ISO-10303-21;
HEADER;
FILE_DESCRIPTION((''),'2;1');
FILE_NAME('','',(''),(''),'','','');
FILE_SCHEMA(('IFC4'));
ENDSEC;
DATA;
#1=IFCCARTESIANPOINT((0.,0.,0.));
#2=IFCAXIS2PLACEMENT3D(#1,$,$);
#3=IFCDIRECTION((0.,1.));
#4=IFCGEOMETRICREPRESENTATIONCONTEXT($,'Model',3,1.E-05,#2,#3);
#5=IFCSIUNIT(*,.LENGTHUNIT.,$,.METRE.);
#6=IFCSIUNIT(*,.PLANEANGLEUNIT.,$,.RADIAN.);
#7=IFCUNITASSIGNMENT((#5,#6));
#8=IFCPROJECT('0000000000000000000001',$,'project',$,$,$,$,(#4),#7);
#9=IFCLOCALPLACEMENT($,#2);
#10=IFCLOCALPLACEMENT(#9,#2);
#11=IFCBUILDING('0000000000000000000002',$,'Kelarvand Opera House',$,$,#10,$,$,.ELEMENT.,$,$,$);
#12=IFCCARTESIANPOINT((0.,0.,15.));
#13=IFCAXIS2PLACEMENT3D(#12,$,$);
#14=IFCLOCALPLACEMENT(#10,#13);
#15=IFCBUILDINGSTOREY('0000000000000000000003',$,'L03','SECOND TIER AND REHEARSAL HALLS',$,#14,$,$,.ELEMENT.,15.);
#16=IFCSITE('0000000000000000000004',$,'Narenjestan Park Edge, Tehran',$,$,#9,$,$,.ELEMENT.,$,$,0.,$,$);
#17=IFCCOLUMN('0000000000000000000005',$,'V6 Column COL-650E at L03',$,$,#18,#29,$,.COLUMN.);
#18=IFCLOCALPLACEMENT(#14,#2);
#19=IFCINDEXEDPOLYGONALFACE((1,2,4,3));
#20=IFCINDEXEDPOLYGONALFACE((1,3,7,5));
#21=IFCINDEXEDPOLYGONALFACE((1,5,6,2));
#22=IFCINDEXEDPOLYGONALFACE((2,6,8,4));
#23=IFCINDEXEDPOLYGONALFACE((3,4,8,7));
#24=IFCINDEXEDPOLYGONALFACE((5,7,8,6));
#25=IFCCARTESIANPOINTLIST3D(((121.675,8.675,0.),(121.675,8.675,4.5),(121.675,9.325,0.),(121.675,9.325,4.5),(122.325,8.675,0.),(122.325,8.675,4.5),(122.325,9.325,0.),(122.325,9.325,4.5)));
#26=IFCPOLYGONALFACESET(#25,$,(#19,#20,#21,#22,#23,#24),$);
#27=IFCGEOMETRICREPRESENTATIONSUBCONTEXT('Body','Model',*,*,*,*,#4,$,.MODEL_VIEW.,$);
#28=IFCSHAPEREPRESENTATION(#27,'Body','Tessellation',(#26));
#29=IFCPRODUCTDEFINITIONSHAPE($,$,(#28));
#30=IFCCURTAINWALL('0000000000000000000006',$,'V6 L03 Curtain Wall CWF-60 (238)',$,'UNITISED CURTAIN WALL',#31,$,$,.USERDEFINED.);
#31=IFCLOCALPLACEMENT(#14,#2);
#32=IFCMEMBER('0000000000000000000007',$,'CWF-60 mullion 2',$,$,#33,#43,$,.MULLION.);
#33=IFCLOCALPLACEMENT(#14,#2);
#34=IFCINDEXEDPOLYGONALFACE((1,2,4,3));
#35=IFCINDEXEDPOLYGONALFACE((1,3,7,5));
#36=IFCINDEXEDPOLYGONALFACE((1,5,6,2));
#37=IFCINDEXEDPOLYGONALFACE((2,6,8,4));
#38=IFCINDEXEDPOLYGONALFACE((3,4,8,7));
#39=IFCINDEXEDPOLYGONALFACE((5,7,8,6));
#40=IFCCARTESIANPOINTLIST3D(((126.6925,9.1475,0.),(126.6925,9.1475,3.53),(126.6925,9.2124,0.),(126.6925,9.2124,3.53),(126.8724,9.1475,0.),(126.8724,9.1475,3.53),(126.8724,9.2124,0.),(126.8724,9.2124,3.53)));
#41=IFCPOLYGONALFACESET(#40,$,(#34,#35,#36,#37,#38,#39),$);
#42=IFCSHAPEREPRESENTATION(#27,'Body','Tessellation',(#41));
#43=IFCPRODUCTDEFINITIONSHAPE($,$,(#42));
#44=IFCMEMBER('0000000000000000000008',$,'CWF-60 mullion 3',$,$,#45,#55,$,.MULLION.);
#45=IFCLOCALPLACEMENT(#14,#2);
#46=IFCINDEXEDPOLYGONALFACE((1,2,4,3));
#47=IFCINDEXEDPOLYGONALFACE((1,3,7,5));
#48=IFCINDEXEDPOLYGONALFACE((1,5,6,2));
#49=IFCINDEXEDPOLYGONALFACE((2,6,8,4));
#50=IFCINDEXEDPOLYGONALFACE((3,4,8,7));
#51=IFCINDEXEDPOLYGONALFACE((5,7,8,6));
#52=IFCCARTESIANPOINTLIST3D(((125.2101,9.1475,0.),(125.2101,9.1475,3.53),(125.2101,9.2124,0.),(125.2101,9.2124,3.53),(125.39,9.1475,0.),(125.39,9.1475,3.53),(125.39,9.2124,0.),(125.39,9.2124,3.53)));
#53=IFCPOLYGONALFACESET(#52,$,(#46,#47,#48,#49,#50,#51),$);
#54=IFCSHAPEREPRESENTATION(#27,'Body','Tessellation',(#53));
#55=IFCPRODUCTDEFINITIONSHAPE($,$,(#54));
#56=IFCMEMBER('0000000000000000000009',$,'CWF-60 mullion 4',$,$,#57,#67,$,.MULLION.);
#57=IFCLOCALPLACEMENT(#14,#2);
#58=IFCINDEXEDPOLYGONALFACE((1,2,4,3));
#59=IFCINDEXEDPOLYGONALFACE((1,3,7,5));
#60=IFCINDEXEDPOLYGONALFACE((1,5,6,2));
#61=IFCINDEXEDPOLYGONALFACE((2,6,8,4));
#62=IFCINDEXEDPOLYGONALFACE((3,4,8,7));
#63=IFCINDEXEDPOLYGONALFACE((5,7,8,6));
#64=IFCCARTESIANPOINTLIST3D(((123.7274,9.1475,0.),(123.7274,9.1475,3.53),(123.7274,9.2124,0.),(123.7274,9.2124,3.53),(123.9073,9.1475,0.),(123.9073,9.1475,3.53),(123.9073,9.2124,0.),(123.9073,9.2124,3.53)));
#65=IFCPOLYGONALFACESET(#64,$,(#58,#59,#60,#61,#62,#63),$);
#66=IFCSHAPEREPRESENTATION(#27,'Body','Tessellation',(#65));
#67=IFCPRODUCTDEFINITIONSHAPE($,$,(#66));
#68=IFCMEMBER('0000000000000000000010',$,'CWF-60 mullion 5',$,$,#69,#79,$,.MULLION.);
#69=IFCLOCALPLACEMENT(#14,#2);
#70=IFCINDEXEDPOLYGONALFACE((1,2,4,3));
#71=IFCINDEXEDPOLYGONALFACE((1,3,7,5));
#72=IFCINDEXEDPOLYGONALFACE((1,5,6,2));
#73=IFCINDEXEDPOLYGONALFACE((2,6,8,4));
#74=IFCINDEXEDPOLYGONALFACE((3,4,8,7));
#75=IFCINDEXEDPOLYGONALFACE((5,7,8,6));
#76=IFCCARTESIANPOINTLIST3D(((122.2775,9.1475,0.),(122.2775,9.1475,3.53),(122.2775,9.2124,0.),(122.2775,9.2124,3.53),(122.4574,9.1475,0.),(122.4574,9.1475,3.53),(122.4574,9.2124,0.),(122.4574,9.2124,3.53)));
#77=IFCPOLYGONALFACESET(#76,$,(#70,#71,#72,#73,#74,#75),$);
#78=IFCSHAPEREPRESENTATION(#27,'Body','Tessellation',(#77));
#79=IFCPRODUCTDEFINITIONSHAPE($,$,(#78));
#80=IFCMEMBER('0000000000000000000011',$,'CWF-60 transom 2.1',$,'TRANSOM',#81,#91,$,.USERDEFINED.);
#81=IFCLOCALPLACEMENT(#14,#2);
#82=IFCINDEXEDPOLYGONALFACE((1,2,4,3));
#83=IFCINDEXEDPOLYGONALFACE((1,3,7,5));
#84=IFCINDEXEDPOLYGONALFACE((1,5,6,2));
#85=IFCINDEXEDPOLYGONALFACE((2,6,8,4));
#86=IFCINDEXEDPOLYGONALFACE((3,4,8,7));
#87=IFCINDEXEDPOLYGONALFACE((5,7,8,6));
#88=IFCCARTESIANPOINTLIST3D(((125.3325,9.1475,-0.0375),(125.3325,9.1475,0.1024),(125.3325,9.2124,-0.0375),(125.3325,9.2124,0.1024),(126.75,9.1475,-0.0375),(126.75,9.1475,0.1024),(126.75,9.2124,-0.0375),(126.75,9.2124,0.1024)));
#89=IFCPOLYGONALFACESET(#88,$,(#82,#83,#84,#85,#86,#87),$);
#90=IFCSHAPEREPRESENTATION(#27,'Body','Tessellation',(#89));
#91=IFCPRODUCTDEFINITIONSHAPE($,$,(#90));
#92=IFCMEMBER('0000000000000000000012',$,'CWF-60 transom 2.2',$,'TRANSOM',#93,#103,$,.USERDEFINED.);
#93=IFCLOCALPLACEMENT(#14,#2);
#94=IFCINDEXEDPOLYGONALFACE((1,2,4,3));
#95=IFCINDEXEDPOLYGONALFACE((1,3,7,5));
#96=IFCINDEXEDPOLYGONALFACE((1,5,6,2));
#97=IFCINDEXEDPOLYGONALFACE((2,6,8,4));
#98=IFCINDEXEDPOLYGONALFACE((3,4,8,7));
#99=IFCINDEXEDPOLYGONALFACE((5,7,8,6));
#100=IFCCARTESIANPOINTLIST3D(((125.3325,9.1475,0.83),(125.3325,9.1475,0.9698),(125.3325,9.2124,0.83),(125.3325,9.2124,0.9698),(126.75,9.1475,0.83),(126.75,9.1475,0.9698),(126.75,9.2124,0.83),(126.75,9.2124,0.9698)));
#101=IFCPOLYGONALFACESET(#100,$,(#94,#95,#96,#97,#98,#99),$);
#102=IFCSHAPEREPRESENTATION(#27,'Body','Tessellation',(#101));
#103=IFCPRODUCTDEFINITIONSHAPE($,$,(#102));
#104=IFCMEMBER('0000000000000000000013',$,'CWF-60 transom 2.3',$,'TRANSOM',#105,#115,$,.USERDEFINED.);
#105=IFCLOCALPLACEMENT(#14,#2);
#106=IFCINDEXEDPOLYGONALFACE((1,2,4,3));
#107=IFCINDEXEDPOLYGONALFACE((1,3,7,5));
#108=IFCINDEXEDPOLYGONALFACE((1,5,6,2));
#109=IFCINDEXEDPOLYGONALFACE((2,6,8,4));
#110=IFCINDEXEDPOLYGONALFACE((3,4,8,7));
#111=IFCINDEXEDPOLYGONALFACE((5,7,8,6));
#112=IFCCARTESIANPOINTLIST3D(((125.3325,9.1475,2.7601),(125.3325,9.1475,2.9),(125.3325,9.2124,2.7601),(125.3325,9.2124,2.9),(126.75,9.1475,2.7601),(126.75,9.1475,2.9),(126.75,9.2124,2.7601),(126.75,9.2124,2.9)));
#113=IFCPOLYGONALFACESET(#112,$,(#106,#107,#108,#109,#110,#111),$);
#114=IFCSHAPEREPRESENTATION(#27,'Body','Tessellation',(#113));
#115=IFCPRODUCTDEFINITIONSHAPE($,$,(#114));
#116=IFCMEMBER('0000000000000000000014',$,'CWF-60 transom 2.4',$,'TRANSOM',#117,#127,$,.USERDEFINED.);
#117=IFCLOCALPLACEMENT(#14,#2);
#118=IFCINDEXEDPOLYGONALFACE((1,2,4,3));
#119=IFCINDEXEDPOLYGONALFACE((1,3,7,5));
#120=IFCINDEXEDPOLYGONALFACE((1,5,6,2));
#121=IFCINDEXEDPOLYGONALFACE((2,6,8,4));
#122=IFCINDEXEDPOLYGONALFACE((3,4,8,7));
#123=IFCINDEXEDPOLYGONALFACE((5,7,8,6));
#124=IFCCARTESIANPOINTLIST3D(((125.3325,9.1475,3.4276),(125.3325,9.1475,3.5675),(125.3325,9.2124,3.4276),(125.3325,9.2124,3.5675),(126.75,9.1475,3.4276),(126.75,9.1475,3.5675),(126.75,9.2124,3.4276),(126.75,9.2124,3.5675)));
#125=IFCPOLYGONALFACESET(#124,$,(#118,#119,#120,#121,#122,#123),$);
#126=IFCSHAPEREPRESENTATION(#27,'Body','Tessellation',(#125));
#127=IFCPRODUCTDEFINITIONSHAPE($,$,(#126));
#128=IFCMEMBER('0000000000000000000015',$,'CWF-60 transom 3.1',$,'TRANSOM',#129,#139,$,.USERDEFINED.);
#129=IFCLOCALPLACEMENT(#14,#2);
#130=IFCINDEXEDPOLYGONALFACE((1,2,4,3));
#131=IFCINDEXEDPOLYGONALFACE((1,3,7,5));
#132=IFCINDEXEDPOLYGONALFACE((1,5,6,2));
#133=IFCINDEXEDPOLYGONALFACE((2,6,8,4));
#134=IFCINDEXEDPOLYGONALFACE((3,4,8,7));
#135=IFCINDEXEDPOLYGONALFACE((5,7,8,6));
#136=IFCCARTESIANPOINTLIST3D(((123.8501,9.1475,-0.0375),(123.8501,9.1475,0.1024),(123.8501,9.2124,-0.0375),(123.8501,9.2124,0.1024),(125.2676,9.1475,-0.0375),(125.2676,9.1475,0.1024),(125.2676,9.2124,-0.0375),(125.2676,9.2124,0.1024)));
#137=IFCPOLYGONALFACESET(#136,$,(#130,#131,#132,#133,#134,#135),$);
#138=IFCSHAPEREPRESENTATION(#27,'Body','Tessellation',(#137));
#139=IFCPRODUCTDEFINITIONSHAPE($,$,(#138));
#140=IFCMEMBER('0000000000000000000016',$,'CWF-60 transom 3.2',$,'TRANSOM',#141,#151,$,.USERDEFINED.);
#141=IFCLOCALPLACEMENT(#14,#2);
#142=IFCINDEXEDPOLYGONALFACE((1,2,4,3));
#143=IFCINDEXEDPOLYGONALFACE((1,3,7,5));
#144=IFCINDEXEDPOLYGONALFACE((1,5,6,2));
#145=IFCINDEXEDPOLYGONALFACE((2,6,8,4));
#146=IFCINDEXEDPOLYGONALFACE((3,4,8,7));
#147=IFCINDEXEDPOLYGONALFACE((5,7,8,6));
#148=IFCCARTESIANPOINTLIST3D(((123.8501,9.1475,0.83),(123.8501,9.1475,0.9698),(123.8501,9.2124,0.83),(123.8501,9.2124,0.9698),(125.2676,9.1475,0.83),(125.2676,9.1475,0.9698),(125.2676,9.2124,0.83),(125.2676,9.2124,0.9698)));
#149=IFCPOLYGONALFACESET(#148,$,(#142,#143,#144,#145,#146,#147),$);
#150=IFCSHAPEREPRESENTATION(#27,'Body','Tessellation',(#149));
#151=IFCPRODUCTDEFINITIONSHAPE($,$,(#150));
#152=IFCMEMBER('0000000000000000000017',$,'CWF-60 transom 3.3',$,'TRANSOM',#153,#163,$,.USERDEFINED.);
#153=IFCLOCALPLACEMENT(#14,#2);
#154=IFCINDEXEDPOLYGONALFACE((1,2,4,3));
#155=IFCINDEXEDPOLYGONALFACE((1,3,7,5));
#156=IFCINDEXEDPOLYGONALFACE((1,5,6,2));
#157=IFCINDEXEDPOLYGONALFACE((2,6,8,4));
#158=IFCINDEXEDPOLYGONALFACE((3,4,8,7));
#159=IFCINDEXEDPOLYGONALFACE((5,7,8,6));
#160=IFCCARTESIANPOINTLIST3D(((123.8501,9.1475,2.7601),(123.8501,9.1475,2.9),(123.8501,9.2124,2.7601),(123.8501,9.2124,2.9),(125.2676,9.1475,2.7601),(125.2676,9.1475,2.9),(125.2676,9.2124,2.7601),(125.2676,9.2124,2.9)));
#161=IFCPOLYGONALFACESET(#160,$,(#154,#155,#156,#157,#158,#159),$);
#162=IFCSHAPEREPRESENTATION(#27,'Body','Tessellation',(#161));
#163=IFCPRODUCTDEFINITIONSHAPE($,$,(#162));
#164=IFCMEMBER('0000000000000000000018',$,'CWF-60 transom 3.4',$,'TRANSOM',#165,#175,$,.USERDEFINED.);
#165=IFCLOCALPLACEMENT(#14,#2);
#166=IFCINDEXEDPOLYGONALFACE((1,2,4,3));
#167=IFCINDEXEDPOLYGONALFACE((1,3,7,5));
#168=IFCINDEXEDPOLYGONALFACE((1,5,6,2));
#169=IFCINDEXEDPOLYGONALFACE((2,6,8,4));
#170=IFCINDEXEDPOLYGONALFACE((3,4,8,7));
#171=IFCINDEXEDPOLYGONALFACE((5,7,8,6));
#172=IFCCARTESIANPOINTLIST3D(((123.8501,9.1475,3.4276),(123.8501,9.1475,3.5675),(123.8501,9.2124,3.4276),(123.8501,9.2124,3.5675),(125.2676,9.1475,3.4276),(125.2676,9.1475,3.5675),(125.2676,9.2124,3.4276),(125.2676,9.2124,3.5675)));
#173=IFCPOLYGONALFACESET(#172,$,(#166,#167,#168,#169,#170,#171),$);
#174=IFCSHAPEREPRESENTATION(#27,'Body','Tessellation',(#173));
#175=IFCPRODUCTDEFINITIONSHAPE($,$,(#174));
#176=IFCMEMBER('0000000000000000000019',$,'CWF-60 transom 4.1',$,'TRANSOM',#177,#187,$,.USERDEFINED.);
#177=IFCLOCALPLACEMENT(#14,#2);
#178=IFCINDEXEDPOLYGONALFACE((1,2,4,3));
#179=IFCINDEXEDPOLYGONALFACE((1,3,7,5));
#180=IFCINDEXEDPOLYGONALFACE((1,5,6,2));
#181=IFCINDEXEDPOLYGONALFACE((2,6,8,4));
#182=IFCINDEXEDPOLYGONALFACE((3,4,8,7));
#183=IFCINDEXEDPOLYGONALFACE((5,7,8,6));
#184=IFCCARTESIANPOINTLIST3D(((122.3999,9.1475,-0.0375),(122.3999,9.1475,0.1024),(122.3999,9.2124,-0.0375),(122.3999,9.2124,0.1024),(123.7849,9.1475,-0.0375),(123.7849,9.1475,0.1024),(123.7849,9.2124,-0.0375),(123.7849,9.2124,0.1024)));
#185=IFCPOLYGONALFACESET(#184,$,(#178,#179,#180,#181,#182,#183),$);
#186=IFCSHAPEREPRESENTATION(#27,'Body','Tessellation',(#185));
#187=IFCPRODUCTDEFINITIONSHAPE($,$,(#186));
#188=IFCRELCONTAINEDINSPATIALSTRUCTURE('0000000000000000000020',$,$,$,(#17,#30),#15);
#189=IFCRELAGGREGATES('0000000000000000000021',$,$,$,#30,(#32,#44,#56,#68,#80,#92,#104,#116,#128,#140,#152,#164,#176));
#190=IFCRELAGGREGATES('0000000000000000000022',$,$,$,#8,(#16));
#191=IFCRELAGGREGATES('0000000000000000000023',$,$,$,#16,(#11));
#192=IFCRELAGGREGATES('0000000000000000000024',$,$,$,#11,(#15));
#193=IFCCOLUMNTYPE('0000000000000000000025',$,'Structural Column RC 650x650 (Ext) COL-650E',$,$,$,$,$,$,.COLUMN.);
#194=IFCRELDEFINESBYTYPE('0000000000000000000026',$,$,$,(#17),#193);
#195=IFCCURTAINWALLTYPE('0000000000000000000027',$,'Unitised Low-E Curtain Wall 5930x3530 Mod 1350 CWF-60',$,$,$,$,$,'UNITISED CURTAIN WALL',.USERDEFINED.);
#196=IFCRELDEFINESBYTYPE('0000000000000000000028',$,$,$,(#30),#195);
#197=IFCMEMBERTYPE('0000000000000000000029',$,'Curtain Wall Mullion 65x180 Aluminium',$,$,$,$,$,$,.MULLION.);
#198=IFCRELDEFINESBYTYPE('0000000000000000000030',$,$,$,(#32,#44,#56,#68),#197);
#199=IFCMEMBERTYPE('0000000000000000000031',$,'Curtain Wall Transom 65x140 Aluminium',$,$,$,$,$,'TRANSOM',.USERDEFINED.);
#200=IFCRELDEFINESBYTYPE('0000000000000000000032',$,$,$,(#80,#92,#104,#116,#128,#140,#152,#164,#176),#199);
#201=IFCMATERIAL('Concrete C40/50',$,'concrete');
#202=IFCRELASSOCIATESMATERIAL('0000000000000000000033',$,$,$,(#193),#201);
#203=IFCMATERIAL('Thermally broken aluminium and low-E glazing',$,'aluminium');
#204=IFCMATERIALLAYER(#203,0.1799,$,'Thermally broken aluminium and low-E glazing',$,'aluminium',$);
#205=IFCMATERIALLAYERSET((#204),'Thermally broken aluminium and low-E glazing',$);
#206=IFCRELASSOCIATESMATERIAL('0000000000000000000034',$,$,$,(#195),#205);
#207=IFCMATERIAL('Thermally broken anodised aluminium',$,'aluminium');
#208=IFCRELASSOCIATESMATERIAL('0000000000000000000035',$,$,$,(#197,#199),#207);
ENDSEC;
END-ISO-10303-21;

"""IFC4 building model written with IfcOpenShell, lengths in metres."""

from ifc_helpers import new_model, si_unit, direction, frame, origin, origin_2d, place, context, subcontext, project, spatial, rectangle, extrude, material, layer, layer_set, material_profile, profile_set, type_object, element, aggregate, save


model = new_model("IFC4")

# Units and contexts
model_context = context("Model", 3, precision=1e-05, world=origin(), true_north=direction((0.0, 1.0)))
body_context = subcontext(model_context, "Body", "Model", "MODEL_VIEW")
ifc_project = project(units=[si_unit("LENGTHUNIT", "METRE"), si_unit("PLANEANGLEUNIT", "RADIAN")], contexts=[model_context])

# Site, building, storey
site_placement = place(None, origin())
site = spatial("IfcSite", under=ifc_project, at=site_placement, Name="Narenjestan Park Edge, Tehran", CompositionType="ELEMENT", RefElevation=0.0)
building_placement = place(site_placement, origin())
building = spatial("IfcBuilding", under=site, at=building_placement, Name="Kelarvand Opera House", CompositionType="ELEMENT")
storey_placement = place(building_placement, frame((0.0, 0.0, 15.0)))
storey = spatial("IfcBuildingStorey", under=building, at=storey_placement, Name="L03", Description="SECOND TIER AND REHEARSAL HALLS", CompositionType="ELEMENT", Elevation=15.0)

# Column
ifc_material_1 = material(Name="Concrete C40/50", Category="concrete")
ifc_material_profile_1 = material_profile(ifc_material_1, rectangle(XDim=0.6499, YDim=0.6499, at=origin_2d()), Name="RC 650x650", Category="concrete")
ifc_profile_set_1 = profile_set([ifc_material_profile_1], Name="Concrete C40/50")
column_type = type_object("IfcColumnType", Name="Structural Column RC 650x650 (Ext) COL-650E", PredefinedType="COLUMN", material=ifc_profile_set_1)
column_placement = place(storey_placement, frame((122.0, 9.0, 0.0), z_axis=(0.0, 0.0, 1.0), x_axis=(1.0, 0.0, 0.0)))
element("IfcColumn", 1, at=column_placement, inside=storey, type_object=column_type, Name="V6 Column COL-650E at L03", PredefinedType="COLUMN", context=body_context, shape_type="SweptSolid", body=[
    extrude(rectangle(XDim=0.6499, YDim=0.6499, at=origin_2d()), origin(), (0.0, 0.0, 1.0), 4.5),
])

# Curtain wall, members
ifc_material_2 = material(Name="Thermally broken aluminium and low-E glazing", Category="aluminium")
ifc_layer_1 = layer(ifc_material_2, 0.1799, Name="Thermally broken aluminium and low-E glazing", Category="aluminium")
ifc_layer_set_1 = layer_set([ifc_layer_1], Name="Thermally broken aluminium and low-E glazing")
curtain_wall_type = type_object("IfcCurtainWallType", Name="Unitised Low-E Curtain Wall 5930x3530 Mod 1350 CWF-60", ElementType="UNITISED CURTAIN WALL", PredefinedType="USERDEFINED", material=ifc_layer_set_1)
curtain_wall_placement = place(storey_placement, origin())
curtain_wall = element("IfcCurtainWall", 2, at=curtain_wall_placement, inside=storey, type_object=curtain_wall_type, Name="V6 L03 Curtain Wall CWF-60 (238)", ObjectType="UNITISED CURTAIN WALL", PredefinedType="USERDEFINED")
ifc_material_3 = material(Name="Thermally broken anodised aluminium", Category="aluminium")
ifc_material_profile_2 = material_profile(ifc_material_3, rectangle(XDim=0.0649, YDim=0.1799, at=origin_2d()), Name="ALU MULLION 65x180", Category="aluminium")
ifc_profile_set_2 = profile_set([ifc_material_profile_2], Name="Thermally broken anodised aluminium")
member_type_1 = type_object("IfcMemberType", Name="Curtain Wall Mullion 65x180 Aluminium", PredefinedType="MULLION", material=ifc_profile_set_2)
member_1_placement = place(storey_placement, frame((126.7825, 9.1799, 0.0), z_axis=(0.0, 0.0, 1.0), x_axis=(0.0, -1.0, 0.0)))
member_1 = element("IfcMember", 3, at=member_1_placement, type_object=member_type_1, Name="CWF-60 mullion 2", PredefinedType="MULLION", context=body_context, shape_type="SweptSolid", body=[
    extrude(rectangle(XDim=0.0649, YDim=0.1799, at=origin_2d()), origin(), (0.0, 0.0, 1.0), 3.53),
])
member_2_placement = place(storey_placement, frame((125.3, 9.1799, 0.0), z_axis=(0.0, 0.0, 1.0), x_axis=(0.0, -1.0, 0.0)))
member_2 = element("IfcMember", 4, at=member_2_placement, type_object=member_type_1, Name="CWF-60 mullion 3", PredefinedType="MULLION", context=body_context, shape_type="SweptSolid", body=[
    extrude(rectangle(XDim=0.0649, YDim=0.1799, at=origin_2d()), origin(), (0.0, 0.0, 1.0), 3.53),
])
member_3_placement = place(storey_placement, frame((123.8174, 9.1799, 0.0), z_axis=(0.0, 0.0, 1.0), x_axis=(0.0, -1.0, 0.0)))
member_3 = element("IfcMember", 5, at=member_3_placement, type_object=member_type_1, Name="CWF-60 mullion 4", PredefinedType="MULLION", context=body_context, shape_type="SweptSolid", body=[
    extrude(rectangle(XDim=0.0649, YDim=0.1799, at=origin_2d()), origin(), (0.0, 0.0, 1.0), 3.53),
])
member_4_placement = place(storey_placement, frame((122.3674, 9.1799, 0.0), z_axis=(0.0, 0.0, 1.0), x_axis=(0.0, -1.0, 0.0)))
member_4 = element("IfcMember", 6, at=member_4_placement, type_object=member_type_1, Name="CWF-60 mullion 5", PredefinedType="MULLION", context=body_context, shape_type="SweptSolid", body=[
    extrude(rectangle(XDim=0.0649, YDim=0.1799, at=origin_2d()), origin(), (0.0, 0.0, 1.0), 3.53),
])
ifc_material_profile_3 = material_profile(ifc_material_3, rectangle(XDim=0.0649, YDim=0.1399, at=origin_2d()), Name="ALU TRANSOM 65x140", Category="aluminium")
ifc_profile_set_3 = profile_set([ifc_material_profile_3], Name="Thermally broken anodised aluminium")
member_type_2 = type_object("IfcMemberType", Name="Curtain Wall Transom 65x140 Aluminium", ElementType="TRANSOM", PredefinedType="USERDEFINED", material=ifc_profile_set_3)
member_5_placement = place(storey_placement, frame((126.75, 9.1799, 0.0325), z_axis=(-1.0, 0.0, 0.0), x_axis=(0.0, -1.0, 0.0)))
member_5 = element("IfcMember", 7, at=member_5_placement, type_object=member_type_2, Name="CWF-60 transom 2.1", ObjectType="TRANSOM", PredefinedType="USERDEFINED", context=body_context, shape_type="SweptSolid", body=[
    extrude(rectangle(XDim=0.0649, YDim=0.1399, at=origin_2d()), origin(), (0.0, 0.0, 1.0), 1.4175),
])
member_6_placement = place(storey_placement, frame((126.75, 9.1799, 0.8999), z_axis=(-1.0, 0.0, 0.0), x_axis=(0.0, -1.0, 0.0)))
member_6 = element("IfcMember", 8, at=member_6_placement, type_object=member_type_2, Name="CWF-60 transom 2.2", ObjectType="TRANSOM", PredefinedType="USERDEFINED", context=body_context, shape_type="SweptSolid", body=[
    extrude(rectangle(XDim=0.0649, YDim=0.1399, at=origin_2d()), origin(), (0.0, 0.0, 1.0), 1.4175),
])
member_7_placement = place(storey_placement, frame((126.75, 9.1799, 2.8301), z_axis=(-1.0, 0.0, 0.0), x_axis=(0.0, -1.0, 0.0)))
member_7 = element("IfcMember", 9, at=member_7_placement, type_object=member_type_2, Name="CWF-60 transom 2.3", ObjectType="TRANSOM", PredefinedType="USERDEFINED", context=body_context, shape_type="SweptSolid", body=[
    extrude(rectangle(XDim=0.0649, YDim=0.1399, at=origin_2d()), origin(), (0.0, 0.0, 1.0), 1.4175),
])
member_8_placement = place(storey_placement, frame((126.75, 9.1799, 3.4976), z_axis=(-1.0, 0.0, 0.0), x_axis=(0.0, -1.0, 0.0)))
member_8 = element("IfcMember", 10, at=member_8_placement, type_object=member_type_2, Name="CWF-60 transom 2.4", ObjectType="TRANSOM", PredefinedType="USERDEFINED", context=body_context, shape_type="SweptSolid", body=[
    extrude(rectangle(XDim=0.0649, YDim=0.1399, at=origin_2d()), origin(), (0.0, 0.0, 1.0), 1.4175),
])
member_9_placement = place(storey_placement, frame((125.2676, 9.1799, 0.0325), z_axis=(-1.0, 0.0, 0.0), x_axis=(0.0, -1.0, 0.0)))
member_9 = element("IfcMember", 11, at=member_9_placement, type_object=member_type_2, Name="CWF-60 transom 3.1", ObjectType="TRANSOM", PredefinedType="USERDEFINED", context=body_context, shape_type="SweptSolid", body=[
    extrude(rectangle(XDim=0.0649, YDim=0.1399, at=origin_2d()), origin(), (0.0, 0.0, 1.0), 1.4175),
])
member_10_placement = place(storey_placement, frame((125.2676, 9.1799, 0.8999), z_axis=(-1.0, 0.0, 0.0), x_axis=(0.0, -1.0, 0.0)))
member_10 = element("IfcMember", 12, at=member_10_placement, type_object=member_type_2, Name="CWF-60 transom 3.2", ObjectType="TRANSOM", PredefinedType="USERDEFINED", context=body_context, shape_type="SweptSolid", body=[
    extrude(rectangle(XDim=0.0649, YDim=0.1399, at=origin_2d()), origin(), (0.0, 0.0, 1.0), 1.4175),
])
member_11_placement = place(storey_placement, frame((125.2676, 9.1799, 2.8301), z_axis=(-1.0, 0.0, 0.0), x_axis=(0.0, -1.0, 0.0)))
member_11 = element("IfcMember", 13, at=member_11_placement, type_object=member_type_2, Name="CWF-60 transom 3.3", ObjectType="TRANSOM", PredefinedType="USERDEFINED", context=body_context, shape_type="SweptSolid", body=[
    extrude(rectangle(XDim=0.0649, YDim=0.1399, at=origin_2d()), origin(), (0.0, 0.0, 1.0), 1.4175),
])
member_12_placement = place(storey_placement, frame((125.2676, 9.1799, 3.4976), z_axis=(-1.0, 0.0, 0.0), x_axis=(0.0, -1.0, 0.0)))
member_12 = element("IfcMember", 14, at=member_12_placement, type_object=member_type_2, Name="CWF-60 transom 3.4", ObjectType="TRANSOM", PredefinedType="USERDEFINED", context=body_context, shape_type="SweptSolid", body=[
    extrude(rectangle(XDim=0.0649, YDim=0.1399, at=origin_2d()), origin(), (0.0, 0.0, 1.0), 1.4175),
])
member_13_placement = place(storey_placement, frame((123.7849, 9.1799, 0.0325), z_axis=(-1.0, 0.0, 0.0), x_axis=(0.0, -1.0, 0.0)))
member_13 = element("IfcMember", 15, at=member_13_placement, type_object=member_type_2, Name="CWF-60 transom 4.1", ObjectType="TRANSOM", PredefinedType="USERDEFINED", context=body_context, shape_type="SweptSolid", body=[
    extrude(rectangle(XDim=0.0649, YDim=0.1399, at=origin_2d()), origin(), (0.0, 0.0, 1.0), 1.385),
])

aggregate(curtain_wall, [member_1, member_2, member_3, member_4, member_5, member_6, member_7, member_8, member_9, member_10, member_11, member_12, member_13])

save(model, "model.ifc")
